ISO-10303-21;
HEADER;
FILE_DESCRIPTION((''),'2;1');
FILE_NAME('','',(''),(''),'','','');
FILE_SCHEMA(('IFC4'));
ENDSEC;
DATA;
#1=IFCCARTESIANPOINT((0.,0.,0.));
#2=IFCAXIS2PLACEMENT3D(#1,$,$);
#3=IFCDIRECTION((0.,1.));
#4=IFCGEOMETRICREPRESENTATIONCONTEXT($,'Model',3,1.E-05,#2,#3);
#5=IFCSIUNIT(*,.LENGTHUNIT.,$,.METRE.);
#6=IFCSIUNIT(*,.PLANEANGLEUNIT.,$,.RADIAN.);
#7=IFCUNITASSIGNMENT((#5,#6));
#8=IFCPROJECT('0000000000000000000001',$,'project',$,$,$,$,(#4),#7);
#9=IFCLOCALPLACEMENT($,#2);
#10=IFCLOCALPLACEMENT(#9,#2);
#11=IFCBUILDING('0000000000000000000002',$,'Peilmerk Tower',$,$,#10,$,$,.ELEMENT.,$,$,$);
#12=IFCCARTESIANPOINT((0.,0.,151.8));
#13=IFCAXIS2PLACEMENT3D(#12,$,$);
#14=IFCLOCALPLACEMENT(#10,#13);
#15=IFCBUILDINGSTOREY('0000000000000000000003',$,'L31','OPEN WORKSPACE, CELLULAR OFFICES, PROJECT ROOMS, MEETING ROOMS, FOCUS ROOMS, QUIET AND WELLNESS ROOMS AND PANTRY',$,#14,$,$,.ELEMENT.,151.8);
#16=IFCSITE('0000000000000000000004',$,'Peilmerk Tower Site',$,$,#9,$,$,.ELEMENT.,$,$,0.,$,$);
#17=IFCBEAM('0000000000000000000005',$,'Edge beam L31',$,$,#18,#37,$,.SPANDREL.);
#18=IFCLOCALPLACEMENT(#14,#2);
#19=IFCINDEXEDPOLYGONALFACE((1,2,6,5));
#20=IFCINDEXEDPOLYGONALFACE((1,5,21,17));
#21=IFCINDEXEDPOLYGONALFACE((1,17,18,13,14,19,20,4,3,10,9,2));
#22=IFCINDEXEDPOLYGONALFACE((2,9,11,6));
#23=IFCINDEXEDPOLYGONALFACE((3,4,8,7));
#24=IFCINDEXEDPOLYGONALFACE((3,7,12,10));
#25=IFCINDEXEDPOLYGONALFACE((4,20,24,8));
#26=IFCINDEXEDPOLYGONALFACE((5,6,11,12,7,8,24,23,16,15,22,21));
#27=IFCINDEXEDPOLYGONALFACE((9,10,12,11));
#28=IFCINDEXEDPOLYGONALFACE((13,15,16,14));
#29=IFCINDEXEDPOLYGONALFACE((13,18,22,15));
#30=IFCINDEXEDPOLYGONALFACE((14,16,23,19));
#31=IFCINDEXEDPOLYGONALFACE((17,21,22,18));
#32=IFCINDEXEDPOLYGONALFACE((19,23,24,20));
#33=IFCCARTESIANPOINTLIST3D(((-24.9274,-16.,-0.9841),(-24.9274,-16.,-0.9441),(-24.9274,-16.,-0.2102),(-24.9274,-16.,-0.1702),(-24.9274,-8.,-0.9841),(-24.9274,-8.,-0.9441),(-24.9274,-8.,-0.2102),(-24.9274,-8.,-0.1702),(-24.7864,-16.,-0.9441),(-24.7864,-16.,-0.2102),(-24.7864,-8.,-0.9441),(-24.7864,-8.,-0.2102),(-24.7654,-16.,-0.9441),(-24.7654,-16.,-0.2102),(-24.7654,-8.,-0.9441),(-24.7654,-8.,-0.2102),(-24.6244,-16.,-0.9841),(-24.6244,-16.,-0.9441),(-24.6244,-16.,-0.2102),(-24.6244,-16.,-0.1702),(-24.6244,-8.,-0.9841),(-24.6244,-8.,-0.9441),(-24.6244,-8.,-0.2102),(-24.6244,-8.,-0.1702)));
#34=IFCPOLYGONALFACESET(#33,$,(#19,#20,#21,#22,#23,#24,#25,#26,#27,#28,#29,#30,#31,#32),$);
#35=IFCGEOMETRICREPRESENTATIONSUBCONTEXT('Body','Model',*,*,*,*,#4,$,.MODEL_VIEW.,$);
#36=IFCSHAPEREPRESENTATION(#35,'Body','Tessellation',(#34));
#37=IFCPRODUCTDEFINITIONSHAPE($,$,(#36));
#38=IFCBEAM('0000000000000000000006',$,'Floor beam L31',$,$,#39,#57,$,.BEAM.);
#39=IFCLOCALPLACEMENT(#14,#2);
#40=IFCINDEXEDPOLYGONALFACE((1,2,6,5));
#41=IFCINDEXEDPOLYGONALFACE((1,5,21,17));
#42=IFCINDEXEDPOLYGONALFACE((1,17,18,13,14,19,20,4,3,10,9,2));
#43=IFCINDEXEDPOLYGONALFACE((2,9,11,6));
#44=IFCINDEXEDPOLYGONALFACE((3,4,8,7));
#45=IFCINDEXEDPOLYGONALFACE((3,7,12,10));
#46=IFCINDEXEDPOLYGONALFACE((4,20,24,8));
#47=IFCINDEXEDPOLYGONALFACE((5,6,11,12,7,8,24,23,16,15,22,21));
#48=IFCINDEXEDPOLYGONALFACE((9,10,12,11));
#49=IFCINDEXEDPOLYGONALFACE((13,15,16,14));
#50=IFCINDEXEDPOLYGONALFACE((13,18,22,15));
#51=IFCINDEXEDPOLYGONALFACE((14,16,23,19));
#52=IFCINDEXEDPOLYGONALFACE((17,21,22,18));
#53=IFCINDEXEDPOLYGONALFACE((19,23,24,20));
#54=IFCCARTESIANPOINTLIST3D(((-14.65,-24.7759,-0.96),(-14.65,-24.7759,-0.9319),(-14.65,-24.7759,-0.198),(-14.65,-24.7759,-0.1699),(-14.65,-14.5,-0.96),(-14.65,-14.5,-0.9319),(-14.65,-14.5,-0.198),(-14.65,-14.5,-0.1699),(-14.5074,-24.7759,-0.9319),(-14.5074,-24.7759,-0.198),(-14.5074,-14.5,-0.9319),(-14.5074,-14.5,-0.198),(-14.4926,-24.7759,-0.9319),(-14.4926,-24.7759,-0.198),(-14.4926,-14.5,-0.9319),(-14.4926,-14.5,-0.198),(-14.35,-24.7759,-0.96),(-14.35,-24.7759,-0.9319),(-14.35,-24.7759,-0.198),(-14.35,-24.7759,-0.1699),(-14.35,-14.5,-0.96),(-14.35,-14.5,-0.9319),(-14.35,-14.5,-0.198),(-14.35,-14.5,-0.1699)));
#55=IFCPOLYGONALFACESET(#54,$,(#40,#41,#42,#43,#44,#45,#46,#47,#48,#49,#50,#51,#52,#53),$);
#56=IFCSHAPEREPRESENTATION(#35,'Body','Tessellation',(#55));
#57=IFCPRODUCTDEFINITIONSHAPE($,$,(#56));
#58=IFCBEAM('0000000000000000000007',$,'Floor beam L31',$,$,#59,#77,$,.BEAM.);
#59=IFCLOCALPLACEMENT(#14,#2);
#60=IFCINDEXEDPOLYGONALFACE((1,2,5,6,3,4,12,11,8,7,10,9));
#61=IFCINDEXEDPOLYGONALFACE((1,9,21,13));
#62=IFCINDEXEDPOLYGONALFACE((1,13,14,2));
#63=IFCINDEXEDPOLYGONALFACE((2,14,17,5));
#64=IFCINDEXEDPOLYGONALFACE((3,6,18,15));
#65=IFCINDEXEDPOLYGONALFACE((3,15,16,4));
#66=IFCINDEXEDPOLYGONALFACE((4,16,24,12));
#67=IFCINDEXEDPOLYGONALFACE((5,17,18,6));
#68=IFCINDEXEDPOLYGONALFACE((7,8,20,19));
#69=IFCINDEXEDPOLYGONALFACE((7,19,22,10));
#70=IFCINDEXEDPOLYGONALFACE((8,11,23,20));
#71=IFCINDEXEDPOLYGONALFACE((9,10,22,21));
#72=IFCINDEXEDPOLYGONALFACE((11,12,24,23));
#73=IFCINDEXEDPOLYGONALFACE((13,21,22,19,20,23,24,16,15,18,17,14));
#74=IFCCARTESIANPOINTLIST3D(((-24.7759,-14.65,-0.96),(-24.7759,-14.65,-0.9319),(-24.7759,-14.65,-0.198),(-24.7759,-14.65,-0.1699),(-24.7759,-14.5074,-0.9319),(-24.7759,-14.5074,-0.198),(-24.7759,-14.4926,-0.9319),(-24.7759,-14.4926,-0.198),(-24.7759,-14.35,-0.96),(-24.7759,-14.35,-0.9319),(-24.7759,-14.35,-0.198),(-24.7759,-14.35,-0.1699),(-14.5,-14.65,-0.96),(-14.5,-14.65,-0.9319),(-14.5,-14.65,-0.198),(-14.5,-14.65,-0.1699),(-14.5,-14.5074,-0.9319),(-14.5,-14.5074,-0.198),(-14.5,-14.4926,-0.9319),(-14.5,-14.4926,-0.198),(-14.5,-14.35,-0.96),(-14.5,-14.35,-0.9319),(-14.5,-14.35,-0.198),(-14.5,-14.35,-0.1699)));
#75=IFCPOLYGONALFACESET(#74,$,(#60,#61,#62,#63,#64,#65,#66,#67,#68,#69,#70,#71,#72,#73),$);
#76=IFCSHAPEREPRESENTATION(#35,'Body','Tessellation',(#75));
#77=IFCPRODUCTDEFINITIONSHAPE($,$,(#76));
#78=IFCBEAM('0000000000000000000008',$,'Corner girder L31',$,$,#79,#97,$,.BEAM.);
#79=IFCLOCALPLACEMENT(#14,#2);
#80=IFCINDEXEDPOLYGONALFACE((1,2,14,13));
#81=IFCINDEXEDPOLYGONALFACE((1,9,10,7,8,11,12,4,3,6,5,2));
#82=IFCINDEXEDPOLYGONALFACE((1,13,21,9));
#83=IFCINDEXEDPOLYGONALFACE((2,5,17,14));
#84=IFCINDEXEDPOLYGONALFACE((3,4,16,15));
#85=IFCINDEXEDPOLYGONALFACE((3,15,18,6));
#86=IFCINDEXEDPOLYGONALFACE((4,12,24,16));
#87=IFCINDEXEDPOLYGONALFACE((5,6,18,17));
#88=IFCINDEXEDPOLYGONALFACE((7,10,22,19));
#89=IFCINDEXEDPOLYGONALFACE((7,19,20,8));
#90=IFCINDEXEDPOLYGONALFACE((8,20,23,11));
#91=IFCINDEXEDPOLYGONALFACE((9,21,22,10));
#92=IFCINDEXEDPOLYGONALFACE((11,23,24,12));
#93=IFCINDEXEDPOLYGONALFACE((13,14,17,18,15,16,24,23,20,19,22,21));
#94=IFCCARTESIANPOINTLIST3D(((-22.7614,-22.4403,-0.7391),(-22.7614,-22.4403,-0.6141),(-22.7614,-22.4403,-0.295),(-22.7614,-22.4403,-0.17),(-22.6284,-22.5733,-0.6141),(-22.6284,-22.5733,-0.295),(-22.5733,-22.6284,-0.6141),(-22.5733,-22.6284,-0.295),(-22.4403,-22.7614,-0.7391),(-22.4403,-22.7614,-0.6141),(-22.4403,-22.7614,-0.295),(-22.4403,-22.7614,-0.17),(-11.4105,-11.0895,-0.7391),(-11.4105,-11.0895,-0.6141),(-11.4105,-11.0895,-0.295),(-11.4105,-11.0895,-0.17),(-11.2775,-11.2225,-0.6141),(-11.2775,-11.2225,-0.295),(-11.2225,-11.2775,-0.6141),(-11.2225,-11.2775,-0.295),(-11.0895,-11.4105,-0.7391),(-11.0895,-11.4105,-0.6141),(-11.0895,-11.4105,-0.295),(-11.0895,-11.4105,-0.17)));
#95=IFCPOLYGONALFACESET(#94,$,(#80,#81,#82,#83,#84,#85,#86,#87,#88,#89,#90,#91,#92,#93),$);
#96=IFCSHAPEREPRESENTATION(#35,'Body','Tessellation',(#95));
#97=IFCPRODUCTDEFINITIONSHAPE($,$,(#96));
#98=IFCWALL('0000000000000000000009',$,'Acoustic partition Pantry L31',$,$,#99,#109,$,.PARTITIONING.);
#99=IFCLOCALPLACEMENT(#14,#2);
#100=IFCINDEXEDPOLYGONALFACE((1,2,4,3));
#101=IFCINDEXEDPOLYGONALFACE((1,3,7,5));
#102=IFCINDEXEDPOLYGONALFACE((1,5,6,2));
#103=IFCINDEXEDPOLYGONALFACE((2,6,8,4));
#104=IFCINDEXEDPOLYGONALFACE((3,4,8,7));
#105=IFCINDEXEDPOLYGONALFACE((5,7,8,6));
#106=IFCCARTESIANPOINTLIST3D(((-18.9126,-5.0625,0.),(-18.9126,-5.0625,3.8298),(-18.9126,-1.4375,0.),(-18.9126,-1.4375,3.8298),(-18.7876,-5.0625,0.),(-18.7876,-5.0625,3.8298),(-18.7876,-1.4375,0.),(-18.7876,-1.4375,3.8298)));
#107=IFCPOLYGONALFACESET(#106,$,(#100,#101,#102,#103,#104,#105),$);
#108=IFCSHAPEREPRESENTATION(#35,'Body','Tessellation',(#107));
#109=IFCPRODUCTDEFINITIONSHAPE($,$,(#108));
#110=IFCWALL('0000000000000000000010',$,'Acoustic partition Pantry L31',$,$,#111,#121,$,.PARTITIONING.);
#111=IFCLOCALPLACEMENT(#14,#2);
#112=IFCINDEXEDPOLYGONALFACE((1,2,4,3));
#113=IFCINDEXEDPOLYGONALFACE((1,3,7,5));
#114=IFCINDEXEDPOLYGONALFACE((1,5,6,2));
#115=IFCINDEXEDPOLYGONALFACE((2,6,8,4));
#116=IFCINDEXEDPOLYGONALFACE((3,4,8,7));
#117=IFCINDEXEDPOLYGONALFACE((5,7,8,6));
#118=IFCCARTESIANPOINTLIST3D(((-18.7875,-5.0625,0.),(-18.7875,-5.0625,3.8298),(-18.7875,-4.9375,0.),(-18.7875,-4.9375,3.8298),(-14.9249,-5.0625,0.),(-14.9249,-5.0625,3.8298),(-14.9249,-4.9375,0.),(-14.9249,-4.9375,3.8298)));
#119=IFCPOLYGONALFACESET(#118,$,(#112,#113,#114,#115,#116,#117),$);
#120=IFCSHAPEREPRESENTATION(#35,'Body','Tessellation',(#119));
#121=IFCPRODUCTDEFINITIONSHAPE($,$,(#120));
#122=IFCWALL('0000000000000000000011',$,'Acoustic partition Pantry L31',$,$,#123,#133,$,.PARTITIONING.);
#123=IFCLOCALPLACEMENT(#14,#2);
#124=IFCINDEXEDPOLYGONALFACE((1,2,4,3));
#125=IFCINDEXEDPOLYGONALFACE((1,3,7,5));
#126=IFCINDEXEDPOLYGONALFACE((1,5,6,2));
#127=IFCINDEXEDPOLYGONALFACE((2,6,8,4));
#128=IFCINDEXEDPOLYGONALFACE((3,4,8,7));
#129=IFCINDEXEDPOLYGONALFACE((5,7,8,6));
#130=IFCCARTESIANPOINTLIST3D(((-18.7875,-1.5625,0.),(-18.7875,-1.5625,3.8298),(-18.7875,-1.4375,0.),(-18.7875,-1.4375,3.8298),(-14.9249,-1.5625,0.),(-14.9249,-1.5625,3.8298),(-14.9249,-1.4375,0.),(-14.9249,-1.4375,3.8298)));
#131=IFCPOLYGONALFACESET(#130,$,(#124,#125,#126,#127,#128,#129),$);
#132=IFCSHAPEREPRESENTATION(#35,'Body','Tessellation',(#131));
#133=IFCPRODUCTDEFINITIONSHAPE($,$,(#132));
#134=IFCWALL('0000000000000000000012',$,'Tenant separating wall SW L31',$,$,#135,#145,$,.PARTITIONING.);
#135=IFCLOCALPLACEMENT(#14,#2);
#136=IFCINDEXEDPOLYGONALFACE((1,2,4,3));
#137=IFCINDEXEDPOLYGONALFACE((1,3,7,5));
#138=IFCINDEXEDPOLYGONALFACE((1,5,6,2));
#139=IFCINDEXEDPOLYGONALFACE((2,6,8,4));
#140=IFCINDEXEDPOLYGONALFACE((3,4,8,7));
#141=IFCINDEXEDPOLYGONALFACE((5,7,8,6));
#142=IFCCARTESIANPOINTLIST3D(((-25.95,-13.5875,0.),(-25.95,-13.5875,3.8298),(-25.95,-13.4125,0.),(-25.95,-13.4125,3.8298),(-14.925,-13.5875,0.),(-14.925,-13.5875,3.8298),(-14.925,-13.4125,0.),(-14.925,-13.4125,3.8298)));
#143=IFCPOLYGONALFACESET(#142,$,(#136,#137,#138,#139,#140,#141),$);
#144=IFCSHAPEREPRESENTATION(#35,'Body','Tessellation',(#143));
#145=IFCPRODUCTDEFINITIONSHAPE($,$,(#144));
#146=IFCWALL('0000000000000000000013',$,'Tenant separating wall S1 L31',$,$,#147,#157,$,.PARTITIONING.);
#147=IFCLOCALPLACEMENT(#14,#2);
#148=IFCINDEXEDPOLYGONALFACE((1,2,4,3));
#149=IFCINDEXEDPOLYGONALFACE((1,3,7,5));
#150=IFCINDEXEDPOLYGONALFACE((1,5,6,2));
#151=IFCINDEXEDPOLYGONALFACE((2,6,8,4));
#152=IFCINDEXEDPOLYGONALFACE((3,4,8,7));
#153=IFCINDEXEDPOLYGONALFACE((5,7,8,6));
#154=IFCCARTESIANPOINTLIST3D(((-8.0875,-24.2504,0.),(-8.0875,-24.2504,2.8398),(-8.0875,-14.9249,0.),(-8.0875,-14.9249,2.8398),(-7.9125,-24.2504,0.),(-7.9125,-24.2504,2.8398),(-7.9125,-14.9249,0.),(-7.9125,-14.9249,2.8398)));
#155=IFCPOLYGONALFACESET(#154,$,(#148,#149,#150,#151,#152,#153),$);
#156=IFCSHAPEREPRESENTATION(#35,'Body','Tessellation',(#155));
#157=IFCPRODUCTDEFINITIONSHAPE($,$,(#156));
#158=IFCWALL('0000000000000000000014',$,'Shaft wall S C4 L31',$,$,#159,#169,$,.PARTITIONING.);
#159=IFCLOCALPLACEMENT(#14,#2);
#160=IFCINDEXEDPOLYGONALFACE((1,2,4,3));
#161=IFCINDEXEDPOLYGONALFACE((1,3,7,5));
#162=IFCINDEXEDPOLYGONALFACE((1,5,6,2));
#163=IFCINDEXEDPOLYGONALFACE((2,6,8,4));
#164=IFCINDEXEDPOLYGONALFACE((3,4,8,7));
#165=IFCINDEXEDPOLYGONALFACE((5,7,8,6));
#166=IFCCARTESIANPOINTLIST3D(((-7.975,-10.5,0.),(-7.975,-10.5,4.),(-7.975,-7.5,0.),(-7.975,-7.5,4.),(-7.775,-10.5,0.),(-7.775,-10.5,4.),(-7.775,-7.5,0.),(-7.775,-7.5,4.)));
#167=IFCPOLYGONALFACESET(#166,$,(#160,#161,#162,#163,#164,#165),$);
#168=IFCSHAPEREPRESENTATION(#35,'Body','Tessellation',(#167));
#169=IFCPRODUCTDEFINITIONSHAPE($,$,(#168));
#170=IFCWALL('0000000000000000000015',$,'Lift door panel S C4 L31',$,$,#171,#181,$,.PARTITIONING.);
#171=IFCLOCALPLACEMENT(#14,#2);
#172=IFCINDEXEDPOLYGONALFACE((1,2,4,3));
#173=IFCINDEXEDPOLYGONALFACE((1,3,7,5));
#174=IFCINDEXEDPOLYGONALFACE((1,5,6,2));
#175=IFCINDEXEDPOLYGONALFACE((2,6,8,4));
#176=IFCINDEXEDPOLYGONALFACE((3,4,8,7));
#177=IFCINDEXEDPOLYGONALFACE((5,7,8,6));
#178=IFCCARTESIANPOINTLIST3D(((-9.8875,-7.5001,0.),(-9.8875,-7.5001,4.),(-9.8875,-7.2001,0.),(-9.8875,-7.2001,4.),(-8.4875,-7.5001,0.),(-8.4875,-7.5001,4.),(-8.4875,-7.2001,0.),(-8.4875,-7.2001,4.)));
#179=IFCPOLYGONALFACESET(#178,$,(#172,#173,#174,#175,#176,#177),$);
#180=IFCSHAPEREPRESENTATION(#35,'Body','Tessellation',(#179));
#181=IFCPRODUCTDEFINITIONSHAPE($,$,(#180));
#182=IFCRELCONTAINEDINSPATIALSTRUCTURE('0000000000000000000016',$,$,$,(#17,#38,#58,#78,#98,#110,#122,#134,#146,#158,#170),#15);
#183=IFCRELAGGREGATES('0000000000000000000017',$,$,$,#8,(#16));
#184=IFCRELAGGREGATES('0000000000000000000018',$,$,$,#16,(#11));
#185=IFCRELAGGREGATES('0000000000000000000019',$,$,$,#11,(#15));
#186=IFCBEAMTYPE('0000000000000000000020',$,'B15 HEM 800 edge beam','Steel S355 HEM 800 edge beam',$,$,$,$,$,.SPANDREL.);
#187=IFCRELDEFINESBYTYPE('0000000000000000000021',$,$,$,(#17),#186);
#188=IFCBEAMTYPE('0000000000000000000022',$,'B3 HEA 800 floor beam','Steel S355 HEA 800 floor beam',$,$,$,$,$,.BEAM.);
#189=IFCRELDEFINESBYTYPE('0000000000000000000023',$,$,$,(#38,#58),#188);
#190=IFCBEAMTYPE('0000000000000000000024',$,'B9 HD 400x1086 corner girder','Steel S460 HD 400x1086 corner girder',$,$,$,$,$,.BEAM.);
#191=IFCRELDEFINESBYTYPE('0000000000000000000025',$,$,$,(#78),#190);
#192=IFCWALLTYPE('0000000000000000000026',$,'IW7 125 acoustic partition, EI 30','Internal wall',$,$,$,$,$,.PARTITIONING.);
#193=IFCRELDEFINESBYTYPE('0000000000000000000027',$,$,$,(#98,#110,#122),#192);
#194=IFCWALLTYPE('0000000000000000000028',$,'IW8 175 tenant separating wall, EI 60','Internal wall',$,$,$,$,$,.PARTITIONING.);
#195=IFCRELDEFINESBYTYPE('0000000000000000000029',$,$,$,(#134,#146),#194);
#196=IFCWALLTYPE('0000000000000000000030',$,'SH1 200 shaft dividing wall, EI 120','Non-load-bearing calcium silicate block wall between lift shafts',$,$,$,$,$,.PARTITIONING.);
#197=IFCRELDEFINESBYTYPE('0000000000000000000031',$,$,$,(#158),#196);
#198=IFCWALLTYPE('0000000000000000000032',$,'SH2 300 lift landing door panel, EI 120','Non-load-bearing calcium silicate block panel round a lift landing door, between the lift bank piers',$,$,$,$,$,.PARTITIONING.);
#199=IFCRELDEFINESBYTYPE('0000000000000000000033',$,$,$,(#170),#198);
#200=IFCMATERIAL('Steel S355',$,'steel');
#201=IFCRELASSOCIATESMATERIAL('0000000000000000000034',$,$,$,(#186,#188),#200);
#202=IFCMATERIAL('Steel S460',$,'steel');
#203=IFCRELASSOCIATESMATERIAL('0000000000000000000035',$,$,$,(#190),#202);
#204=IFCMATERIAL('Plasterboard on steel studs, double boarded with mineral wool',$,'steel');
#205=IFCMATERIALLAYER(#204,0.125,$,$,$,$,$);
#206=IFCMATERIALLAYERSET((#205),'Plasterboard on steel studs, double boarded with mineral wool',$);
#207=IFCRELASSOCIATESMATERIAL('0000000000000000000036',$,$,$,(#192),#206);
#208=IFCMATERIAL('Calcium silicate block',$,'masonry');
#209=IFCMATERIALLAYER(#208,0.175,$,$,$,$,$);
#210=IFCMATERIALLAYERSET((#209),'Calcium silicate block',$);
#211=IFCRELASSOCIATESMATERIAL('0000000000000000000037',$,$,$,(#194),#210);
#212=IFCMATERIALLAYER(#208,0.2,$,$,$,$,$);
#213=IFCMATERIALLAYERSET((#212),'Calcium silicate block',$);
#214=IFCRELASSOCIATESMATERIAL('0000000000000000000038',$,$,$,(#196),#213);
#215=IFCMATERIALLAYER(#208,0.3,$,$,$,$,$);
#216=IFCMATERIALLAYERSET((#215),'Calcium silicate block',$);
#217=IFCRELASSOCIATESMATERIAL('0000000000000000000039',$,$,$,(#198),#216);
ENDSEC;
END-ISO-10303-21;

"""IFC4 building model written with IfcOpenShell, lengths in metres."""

from ifc_helpers import new_model, si_unit, direction, frame, frame_2d, origin, origin_2d, place, context, subcontext, project, spatial, rectangle, i_section, extrude, material, layer, layer_set, material_profile, profile_set, type_object, element, save


model = new_model("IFC4")

# Units and contexts
model_context = context("Model", 3, precision=1e-05, world=origin(), true_north=direction((0.0, 1.0)))
body_context = subcontext(model_context, "Body", "Model", "MODEL_VIEW")
ifc_project = project(units=[si_unit("LENGTHUNIT", "METRE"), si_unit("PLANEANGLEUNIT", "RADIAN")], contexts=[model_context])

# Site, building, storey
site_placement = place(None, origin())
site = spatial("IfcSite", under=ifc_project, at=site_placement, Name="Peilmerk Tower Site", CompositionType="ELEMENT", RefElevation=0.0)
building_placement = place(site_placement, origin())
building = spatial("IfcBuilding", under=site, at=building_placement, Name="Peilmerk Tower", CompositionType="ELEMENT")
storey_placement = place(building_placement, frame((0.0, 0.0, 151.8)))
storey = spatial("IfcBuildingStorey", under=building, at=storey_placement, Name="L31", Description="OPEN WORKSPACE, CELLULAR OFFICES, PROJECT ROOMS, MEETING ROOMS, FOCUS ROOMS, QUIET AND WELLNESS ROOMS AND PANTRY", CompositionType="ELEMENT", Elevation=151.8)

# Shared definitions
ifc_material_1 = material(Name="Steel S460", Category="steel")

# Beams
ifc_material_2 = material(Name="Steel S355", Category="steel")
ifc_material_profile_1 = material_profile(ifc_material_2, i_section(OverallWidth=0.303, OverallDepth=0.814, WebThickness=0.021, FlangeThickness=0.04, at=origin_2d()), Name="HEM 800")
ifc_profile_set_1 = profile_set([ifc_material_profile_1], Name="Steel S355")
beam_type_1 = type_object("IfcBeamType", Name="B15 HEM 800 edge beam", Description="Steel S355 HEM 800 edge beam", PredefinedType="SPANDREL", material=ifc_profile_set_1)
for number, where, z_axis, x_axis, name in (
    (1, (-24.7759, -8.0, -0.5771), (0.0, -1.0, 0.0), (1.0, 0.0, 0.0), "Edge beam L31"),
):
    element("IfcBeam", number, at=place(storey_placement, frame(where, z_axis=z_axis, x_axis=x_axis)), inside=storey, type_object=beam_type_1, Name=name, PredefinedType="SPANDREL", context=body_context, shape_type="SweptSolid", body=[
        extrude(i_section(OverallWidth=0.303, OverallDepth=0.814, WebThickness=0.021, FlangeThickness=0.04, at=origin_2d()), origin(), (0.0, 0.0, 1.0), 8.0),
    ])
ifc_material_profile_2 = material_profile(ifc_material_2, i_section(OverallWidth=0.3, OverallDepth=0.79, WebThickness=0.0149, FlangeThickness=0.0281, at=origin_2d()), Name="HEA 800")
ifc_profile_set_2 = profile_set([ifc_material_profile_2], Name="Steel S355")
beam_type_2 = type_object("IfcBeamType", Name="B3 HEA 800 floor beam", Description="Steel S355 HEA 800 floor beam", PredefinedType="BEAM", material=ifc_profile_set_2)
for number, where, z_axis, x_axis, name in (
    (2, (-14.5, -14.5, -0.5649), (0.0, -1.0, 0.0), (1.0, 0.0, 0.0), "Floor beam L31"),
    (3, (-14.5, -14.5, -0.5649), (-1.0, 0.0, 0.0), (0.0, -1.0, 0.0), "Floor beam L31"),
):
    element("IfcBeam", number, at=place(storey_placement, frame(where, z_axis=z_axis, x_axis=x_axis)), inside=storey, type_object=beam_type_2, Name=name, PredefinedType="BEAM", context=body_context, shape_type="SweptSolid", body=[
        extrude(i_section(OverallWidth=0.3, OverallDepth=0.79, WebThickness=0.0149, FlangeThickness=0.0281, at=origin_2d()), origin(), (0.0, 0.0, 1.0), 10.2759),
    ])
ifc_material_profile_3 = material_profile(ifc_material_1, i_section(OverallWidth=0.4541, OverallDepth=0.5691, WebThickness=0.0779, FlangeThickness=0.125, at=origin_2d()), Name="HD 400x1086")
ifc_profile_set_3 = profile_set([ifc_material_profile_3], Name="Steel S460")
beam_type_3 = type_object("IfcBeamType", Name="B9 HD 400x1086 corner girder", Description="Steel S460 HD 400x1086 corner girder", PredefinedType="BEAM", material=ifc_profile_set_3)
beam_placement = place(storey_placement, frame((-11.25, -11.25, -0.4546), z_axis=(-0.707107, -0.707107, 0.0), x_axis=(0.707107, -0.707107, 0.0)))
element("IfcBeam", 4, at=beam_placement, inside=storey, type_object=beam_type_3, Name="Corner girder L31", PredefinedType="BEAM", context=body_context, shape_type="SweptSolid", body=[
    extrude(i_section(OverallWidth=0.4541, OverallDepth=0.5691, WebThickness=0.0779, FlangeThickness=0.125, at=origin_2d()), origin(), (0.0, 0.0, 1.0), 16.0525),
])

# Walls
ifc_material_3 = material(Name="Plasterboard on steel studs, double boarded with mineral wool", Category="steel")
ifc_layer_1 = layer(ifc_material_3, 0.125)
ifc_layer_set_1 = layer_set([ifc_layer_1], Name="Plasterboard on steel studs, double boarded with mineral wool")
wall_type_1 = type_object("IfcWallType", Name="IW7 125 acoustic partition, EI 30", Description="Internal wall", PredefinedType="PARTITIONING", material=ifc_layer_set_1)
wall_1_placement = place(storey_placement, frame((-18.8501, -5.0625, 0.0), z_axis=(0.0, 0.0, 1.0), x_axis=(0.0, 1.0, 0.0)))
element("IfcWall", 5, at=wall_1_placement, inside=storey, type_object=wall_type_1, Name="Acoustic partition Pantry L31", PredefinedType="PARTITIONING", context=body_context, shape_type="SweptSolid", body=[
    extrude(rectangle(XDim=3.625, YDim=0.125, at=frame_2d((1.8125, 0.0))), origin(), (0.0, 0.0, 1.0), 3.8298),
])
for number, where, z_axis, x_axis, name in (
    (6, (-14.925, -5.0, 0.0), (0.0, 0.0, 1.0), (-1.0, 0.0, 0.0), "Acoustic partition Pantry L31"),
    (7, (-14.925, -1.5, 0.0), (0.0, 0.0, 1.0), (-1.0, 0.0, 0.0), "Acoustic partition Pantry L31"),
):
    element("IfcWall", number, at=place(storey_placement, frame(where, z_axis=z_axis, x_axis=x_axis)), inside=storey, type_object=wall_type_1, Name=name, PredefinedType="PARTITIONING", context=body_context, shape_type="SweptSolid", body=[
        extrude(rectangle(XDim=3.8625, YDim=0.125, at=frame_2d((1.9312, 0.0))), origin(), (0.0, 0.0, 1.0), 3.8298),
    ])
ifc_material_4 = material(Name="Calcium silicate block", Category="masonry")
ifc_layer_2 = layer(ifc_material_4, 0.175)
ifc_layer_set_2 = layer_set([ifc_layer_2], Name="Calcium silicate block")
wall_type_2 = type_object("IfcWallType", Name="IW8 175 tenant separating wall, EI 60", Description="Internal wall", PredefinedType="PARTITIONING", material=ifc_layer_set_2)
wall_2_placement = place(storey_placement, frame((-14.925, -13.5, 0.0), z_axis=(0.0, 0.0, 1.0), x_axis=(-1.0, 0.0, 0.0)))
element("IfcWall", 8, at=wall_2_placement, inside=storey, type_object=wall_type_2, Name="Tenant separating wall SW L31", PredefinedType="PARTITIONING", context=body_context, shape_type="SweptSolid", body=[
    extrude(rectangle(XDim=11.0249, YDim=0.175, at=frame_2d((5.5125, 0.0))), origin(), (0.0, 0.0, 1.0), 3.8298),
])
wall_3_placement = place(storey_placement, frame((-8.0, -14.925, 0.0), z_axis=(0.0, 0.0, 1.0), x_axis=(0.0, -1.0, 0.0)))
element("IfcWall", 9, at=wall_3_placement, inside=storey, type_object=wall_type_2, Name="Tenant separating wall S1 L31", PredefinedType="PARTITIONING", context=body_context, shape_type="SweptSolid", body=[
    extrude(rectangle(XDim=9.3254, YDim=0.175, at=frame_2d((4.6626, 0.0))), origin(), (0.0, 0.0, 1.0), 2.8398),
])
ifc_layer_3 = layer(ifc_material_4, 0.2)
ifc_layer_set_3 = layer_set([ifc_layer_3], Name="Calcium silicate block")
wall_type_3 = type_object("IfcWallType", Name="SH1 200 shaft dividing wall, EI 120", Description="Non-load-bearing calcium silicate block wall between lift shafts", PredefinedType="PARTITIONING", material=ifc_layer_set_3)
wall_4_placement = place(storey_placement, frame((-7.875, -10.5, 0.0), z_axis=(0.0, 0.0, 1.0), x_axis=(0.0, 1.0, 0.0)))
element("IfcWall", 10, at=wall_4_placement, inside=storey, type_object=wall_type_3, Name="Shaft wall S C4 L31", PredefinedType="PARTITIONING", context=body_context, shape_type="SweptSolid", body=[
    extrude(rectangle(XDim=3.0, YDim=0.2, at=frame_2d((1.5, 0.0))), origin(), (0.0, 0.0, 1.0), 4.0),
])
ifc_layer_4 = layer(ifc_material_4, 0.3)
ifc_layer_set_4 = layer_set([ifc_layer_4], Name="Calcium silicate block")
wall_type_4 = type_object("IfcWallType", Name="SH2 300 lift landing door panel, EI 120", Description="Non-load-bearing calcium silicate block panel round a lift landing door, between the lift bank piers", PredefinedType="PARTITIONING", material=ifc_layer_set_4)
wall_5_placement = place(storey_placement, frame((-9.8875, -7.3501, 0.0), z_axis=(0.0, 0.0, 1.0), x_axis=(1.0, 0.0, 0.0)))
element("IfcWall", 11, at=wall_5_placement, inside=storey, type_object=wall_type_4, Name="Lift door panel S C4 L31", PredefinedType="PARTITIONING", context=body_context, shape_type="SweptSolid", body=[
    extrude(rectangle(XDim=1.3999, YDim=0.3, at=frame_2d((0.7, 0.0))), origin(), (0.0, 0.0, 1.0), 4.0),
])

save(model, "model.ifc")
